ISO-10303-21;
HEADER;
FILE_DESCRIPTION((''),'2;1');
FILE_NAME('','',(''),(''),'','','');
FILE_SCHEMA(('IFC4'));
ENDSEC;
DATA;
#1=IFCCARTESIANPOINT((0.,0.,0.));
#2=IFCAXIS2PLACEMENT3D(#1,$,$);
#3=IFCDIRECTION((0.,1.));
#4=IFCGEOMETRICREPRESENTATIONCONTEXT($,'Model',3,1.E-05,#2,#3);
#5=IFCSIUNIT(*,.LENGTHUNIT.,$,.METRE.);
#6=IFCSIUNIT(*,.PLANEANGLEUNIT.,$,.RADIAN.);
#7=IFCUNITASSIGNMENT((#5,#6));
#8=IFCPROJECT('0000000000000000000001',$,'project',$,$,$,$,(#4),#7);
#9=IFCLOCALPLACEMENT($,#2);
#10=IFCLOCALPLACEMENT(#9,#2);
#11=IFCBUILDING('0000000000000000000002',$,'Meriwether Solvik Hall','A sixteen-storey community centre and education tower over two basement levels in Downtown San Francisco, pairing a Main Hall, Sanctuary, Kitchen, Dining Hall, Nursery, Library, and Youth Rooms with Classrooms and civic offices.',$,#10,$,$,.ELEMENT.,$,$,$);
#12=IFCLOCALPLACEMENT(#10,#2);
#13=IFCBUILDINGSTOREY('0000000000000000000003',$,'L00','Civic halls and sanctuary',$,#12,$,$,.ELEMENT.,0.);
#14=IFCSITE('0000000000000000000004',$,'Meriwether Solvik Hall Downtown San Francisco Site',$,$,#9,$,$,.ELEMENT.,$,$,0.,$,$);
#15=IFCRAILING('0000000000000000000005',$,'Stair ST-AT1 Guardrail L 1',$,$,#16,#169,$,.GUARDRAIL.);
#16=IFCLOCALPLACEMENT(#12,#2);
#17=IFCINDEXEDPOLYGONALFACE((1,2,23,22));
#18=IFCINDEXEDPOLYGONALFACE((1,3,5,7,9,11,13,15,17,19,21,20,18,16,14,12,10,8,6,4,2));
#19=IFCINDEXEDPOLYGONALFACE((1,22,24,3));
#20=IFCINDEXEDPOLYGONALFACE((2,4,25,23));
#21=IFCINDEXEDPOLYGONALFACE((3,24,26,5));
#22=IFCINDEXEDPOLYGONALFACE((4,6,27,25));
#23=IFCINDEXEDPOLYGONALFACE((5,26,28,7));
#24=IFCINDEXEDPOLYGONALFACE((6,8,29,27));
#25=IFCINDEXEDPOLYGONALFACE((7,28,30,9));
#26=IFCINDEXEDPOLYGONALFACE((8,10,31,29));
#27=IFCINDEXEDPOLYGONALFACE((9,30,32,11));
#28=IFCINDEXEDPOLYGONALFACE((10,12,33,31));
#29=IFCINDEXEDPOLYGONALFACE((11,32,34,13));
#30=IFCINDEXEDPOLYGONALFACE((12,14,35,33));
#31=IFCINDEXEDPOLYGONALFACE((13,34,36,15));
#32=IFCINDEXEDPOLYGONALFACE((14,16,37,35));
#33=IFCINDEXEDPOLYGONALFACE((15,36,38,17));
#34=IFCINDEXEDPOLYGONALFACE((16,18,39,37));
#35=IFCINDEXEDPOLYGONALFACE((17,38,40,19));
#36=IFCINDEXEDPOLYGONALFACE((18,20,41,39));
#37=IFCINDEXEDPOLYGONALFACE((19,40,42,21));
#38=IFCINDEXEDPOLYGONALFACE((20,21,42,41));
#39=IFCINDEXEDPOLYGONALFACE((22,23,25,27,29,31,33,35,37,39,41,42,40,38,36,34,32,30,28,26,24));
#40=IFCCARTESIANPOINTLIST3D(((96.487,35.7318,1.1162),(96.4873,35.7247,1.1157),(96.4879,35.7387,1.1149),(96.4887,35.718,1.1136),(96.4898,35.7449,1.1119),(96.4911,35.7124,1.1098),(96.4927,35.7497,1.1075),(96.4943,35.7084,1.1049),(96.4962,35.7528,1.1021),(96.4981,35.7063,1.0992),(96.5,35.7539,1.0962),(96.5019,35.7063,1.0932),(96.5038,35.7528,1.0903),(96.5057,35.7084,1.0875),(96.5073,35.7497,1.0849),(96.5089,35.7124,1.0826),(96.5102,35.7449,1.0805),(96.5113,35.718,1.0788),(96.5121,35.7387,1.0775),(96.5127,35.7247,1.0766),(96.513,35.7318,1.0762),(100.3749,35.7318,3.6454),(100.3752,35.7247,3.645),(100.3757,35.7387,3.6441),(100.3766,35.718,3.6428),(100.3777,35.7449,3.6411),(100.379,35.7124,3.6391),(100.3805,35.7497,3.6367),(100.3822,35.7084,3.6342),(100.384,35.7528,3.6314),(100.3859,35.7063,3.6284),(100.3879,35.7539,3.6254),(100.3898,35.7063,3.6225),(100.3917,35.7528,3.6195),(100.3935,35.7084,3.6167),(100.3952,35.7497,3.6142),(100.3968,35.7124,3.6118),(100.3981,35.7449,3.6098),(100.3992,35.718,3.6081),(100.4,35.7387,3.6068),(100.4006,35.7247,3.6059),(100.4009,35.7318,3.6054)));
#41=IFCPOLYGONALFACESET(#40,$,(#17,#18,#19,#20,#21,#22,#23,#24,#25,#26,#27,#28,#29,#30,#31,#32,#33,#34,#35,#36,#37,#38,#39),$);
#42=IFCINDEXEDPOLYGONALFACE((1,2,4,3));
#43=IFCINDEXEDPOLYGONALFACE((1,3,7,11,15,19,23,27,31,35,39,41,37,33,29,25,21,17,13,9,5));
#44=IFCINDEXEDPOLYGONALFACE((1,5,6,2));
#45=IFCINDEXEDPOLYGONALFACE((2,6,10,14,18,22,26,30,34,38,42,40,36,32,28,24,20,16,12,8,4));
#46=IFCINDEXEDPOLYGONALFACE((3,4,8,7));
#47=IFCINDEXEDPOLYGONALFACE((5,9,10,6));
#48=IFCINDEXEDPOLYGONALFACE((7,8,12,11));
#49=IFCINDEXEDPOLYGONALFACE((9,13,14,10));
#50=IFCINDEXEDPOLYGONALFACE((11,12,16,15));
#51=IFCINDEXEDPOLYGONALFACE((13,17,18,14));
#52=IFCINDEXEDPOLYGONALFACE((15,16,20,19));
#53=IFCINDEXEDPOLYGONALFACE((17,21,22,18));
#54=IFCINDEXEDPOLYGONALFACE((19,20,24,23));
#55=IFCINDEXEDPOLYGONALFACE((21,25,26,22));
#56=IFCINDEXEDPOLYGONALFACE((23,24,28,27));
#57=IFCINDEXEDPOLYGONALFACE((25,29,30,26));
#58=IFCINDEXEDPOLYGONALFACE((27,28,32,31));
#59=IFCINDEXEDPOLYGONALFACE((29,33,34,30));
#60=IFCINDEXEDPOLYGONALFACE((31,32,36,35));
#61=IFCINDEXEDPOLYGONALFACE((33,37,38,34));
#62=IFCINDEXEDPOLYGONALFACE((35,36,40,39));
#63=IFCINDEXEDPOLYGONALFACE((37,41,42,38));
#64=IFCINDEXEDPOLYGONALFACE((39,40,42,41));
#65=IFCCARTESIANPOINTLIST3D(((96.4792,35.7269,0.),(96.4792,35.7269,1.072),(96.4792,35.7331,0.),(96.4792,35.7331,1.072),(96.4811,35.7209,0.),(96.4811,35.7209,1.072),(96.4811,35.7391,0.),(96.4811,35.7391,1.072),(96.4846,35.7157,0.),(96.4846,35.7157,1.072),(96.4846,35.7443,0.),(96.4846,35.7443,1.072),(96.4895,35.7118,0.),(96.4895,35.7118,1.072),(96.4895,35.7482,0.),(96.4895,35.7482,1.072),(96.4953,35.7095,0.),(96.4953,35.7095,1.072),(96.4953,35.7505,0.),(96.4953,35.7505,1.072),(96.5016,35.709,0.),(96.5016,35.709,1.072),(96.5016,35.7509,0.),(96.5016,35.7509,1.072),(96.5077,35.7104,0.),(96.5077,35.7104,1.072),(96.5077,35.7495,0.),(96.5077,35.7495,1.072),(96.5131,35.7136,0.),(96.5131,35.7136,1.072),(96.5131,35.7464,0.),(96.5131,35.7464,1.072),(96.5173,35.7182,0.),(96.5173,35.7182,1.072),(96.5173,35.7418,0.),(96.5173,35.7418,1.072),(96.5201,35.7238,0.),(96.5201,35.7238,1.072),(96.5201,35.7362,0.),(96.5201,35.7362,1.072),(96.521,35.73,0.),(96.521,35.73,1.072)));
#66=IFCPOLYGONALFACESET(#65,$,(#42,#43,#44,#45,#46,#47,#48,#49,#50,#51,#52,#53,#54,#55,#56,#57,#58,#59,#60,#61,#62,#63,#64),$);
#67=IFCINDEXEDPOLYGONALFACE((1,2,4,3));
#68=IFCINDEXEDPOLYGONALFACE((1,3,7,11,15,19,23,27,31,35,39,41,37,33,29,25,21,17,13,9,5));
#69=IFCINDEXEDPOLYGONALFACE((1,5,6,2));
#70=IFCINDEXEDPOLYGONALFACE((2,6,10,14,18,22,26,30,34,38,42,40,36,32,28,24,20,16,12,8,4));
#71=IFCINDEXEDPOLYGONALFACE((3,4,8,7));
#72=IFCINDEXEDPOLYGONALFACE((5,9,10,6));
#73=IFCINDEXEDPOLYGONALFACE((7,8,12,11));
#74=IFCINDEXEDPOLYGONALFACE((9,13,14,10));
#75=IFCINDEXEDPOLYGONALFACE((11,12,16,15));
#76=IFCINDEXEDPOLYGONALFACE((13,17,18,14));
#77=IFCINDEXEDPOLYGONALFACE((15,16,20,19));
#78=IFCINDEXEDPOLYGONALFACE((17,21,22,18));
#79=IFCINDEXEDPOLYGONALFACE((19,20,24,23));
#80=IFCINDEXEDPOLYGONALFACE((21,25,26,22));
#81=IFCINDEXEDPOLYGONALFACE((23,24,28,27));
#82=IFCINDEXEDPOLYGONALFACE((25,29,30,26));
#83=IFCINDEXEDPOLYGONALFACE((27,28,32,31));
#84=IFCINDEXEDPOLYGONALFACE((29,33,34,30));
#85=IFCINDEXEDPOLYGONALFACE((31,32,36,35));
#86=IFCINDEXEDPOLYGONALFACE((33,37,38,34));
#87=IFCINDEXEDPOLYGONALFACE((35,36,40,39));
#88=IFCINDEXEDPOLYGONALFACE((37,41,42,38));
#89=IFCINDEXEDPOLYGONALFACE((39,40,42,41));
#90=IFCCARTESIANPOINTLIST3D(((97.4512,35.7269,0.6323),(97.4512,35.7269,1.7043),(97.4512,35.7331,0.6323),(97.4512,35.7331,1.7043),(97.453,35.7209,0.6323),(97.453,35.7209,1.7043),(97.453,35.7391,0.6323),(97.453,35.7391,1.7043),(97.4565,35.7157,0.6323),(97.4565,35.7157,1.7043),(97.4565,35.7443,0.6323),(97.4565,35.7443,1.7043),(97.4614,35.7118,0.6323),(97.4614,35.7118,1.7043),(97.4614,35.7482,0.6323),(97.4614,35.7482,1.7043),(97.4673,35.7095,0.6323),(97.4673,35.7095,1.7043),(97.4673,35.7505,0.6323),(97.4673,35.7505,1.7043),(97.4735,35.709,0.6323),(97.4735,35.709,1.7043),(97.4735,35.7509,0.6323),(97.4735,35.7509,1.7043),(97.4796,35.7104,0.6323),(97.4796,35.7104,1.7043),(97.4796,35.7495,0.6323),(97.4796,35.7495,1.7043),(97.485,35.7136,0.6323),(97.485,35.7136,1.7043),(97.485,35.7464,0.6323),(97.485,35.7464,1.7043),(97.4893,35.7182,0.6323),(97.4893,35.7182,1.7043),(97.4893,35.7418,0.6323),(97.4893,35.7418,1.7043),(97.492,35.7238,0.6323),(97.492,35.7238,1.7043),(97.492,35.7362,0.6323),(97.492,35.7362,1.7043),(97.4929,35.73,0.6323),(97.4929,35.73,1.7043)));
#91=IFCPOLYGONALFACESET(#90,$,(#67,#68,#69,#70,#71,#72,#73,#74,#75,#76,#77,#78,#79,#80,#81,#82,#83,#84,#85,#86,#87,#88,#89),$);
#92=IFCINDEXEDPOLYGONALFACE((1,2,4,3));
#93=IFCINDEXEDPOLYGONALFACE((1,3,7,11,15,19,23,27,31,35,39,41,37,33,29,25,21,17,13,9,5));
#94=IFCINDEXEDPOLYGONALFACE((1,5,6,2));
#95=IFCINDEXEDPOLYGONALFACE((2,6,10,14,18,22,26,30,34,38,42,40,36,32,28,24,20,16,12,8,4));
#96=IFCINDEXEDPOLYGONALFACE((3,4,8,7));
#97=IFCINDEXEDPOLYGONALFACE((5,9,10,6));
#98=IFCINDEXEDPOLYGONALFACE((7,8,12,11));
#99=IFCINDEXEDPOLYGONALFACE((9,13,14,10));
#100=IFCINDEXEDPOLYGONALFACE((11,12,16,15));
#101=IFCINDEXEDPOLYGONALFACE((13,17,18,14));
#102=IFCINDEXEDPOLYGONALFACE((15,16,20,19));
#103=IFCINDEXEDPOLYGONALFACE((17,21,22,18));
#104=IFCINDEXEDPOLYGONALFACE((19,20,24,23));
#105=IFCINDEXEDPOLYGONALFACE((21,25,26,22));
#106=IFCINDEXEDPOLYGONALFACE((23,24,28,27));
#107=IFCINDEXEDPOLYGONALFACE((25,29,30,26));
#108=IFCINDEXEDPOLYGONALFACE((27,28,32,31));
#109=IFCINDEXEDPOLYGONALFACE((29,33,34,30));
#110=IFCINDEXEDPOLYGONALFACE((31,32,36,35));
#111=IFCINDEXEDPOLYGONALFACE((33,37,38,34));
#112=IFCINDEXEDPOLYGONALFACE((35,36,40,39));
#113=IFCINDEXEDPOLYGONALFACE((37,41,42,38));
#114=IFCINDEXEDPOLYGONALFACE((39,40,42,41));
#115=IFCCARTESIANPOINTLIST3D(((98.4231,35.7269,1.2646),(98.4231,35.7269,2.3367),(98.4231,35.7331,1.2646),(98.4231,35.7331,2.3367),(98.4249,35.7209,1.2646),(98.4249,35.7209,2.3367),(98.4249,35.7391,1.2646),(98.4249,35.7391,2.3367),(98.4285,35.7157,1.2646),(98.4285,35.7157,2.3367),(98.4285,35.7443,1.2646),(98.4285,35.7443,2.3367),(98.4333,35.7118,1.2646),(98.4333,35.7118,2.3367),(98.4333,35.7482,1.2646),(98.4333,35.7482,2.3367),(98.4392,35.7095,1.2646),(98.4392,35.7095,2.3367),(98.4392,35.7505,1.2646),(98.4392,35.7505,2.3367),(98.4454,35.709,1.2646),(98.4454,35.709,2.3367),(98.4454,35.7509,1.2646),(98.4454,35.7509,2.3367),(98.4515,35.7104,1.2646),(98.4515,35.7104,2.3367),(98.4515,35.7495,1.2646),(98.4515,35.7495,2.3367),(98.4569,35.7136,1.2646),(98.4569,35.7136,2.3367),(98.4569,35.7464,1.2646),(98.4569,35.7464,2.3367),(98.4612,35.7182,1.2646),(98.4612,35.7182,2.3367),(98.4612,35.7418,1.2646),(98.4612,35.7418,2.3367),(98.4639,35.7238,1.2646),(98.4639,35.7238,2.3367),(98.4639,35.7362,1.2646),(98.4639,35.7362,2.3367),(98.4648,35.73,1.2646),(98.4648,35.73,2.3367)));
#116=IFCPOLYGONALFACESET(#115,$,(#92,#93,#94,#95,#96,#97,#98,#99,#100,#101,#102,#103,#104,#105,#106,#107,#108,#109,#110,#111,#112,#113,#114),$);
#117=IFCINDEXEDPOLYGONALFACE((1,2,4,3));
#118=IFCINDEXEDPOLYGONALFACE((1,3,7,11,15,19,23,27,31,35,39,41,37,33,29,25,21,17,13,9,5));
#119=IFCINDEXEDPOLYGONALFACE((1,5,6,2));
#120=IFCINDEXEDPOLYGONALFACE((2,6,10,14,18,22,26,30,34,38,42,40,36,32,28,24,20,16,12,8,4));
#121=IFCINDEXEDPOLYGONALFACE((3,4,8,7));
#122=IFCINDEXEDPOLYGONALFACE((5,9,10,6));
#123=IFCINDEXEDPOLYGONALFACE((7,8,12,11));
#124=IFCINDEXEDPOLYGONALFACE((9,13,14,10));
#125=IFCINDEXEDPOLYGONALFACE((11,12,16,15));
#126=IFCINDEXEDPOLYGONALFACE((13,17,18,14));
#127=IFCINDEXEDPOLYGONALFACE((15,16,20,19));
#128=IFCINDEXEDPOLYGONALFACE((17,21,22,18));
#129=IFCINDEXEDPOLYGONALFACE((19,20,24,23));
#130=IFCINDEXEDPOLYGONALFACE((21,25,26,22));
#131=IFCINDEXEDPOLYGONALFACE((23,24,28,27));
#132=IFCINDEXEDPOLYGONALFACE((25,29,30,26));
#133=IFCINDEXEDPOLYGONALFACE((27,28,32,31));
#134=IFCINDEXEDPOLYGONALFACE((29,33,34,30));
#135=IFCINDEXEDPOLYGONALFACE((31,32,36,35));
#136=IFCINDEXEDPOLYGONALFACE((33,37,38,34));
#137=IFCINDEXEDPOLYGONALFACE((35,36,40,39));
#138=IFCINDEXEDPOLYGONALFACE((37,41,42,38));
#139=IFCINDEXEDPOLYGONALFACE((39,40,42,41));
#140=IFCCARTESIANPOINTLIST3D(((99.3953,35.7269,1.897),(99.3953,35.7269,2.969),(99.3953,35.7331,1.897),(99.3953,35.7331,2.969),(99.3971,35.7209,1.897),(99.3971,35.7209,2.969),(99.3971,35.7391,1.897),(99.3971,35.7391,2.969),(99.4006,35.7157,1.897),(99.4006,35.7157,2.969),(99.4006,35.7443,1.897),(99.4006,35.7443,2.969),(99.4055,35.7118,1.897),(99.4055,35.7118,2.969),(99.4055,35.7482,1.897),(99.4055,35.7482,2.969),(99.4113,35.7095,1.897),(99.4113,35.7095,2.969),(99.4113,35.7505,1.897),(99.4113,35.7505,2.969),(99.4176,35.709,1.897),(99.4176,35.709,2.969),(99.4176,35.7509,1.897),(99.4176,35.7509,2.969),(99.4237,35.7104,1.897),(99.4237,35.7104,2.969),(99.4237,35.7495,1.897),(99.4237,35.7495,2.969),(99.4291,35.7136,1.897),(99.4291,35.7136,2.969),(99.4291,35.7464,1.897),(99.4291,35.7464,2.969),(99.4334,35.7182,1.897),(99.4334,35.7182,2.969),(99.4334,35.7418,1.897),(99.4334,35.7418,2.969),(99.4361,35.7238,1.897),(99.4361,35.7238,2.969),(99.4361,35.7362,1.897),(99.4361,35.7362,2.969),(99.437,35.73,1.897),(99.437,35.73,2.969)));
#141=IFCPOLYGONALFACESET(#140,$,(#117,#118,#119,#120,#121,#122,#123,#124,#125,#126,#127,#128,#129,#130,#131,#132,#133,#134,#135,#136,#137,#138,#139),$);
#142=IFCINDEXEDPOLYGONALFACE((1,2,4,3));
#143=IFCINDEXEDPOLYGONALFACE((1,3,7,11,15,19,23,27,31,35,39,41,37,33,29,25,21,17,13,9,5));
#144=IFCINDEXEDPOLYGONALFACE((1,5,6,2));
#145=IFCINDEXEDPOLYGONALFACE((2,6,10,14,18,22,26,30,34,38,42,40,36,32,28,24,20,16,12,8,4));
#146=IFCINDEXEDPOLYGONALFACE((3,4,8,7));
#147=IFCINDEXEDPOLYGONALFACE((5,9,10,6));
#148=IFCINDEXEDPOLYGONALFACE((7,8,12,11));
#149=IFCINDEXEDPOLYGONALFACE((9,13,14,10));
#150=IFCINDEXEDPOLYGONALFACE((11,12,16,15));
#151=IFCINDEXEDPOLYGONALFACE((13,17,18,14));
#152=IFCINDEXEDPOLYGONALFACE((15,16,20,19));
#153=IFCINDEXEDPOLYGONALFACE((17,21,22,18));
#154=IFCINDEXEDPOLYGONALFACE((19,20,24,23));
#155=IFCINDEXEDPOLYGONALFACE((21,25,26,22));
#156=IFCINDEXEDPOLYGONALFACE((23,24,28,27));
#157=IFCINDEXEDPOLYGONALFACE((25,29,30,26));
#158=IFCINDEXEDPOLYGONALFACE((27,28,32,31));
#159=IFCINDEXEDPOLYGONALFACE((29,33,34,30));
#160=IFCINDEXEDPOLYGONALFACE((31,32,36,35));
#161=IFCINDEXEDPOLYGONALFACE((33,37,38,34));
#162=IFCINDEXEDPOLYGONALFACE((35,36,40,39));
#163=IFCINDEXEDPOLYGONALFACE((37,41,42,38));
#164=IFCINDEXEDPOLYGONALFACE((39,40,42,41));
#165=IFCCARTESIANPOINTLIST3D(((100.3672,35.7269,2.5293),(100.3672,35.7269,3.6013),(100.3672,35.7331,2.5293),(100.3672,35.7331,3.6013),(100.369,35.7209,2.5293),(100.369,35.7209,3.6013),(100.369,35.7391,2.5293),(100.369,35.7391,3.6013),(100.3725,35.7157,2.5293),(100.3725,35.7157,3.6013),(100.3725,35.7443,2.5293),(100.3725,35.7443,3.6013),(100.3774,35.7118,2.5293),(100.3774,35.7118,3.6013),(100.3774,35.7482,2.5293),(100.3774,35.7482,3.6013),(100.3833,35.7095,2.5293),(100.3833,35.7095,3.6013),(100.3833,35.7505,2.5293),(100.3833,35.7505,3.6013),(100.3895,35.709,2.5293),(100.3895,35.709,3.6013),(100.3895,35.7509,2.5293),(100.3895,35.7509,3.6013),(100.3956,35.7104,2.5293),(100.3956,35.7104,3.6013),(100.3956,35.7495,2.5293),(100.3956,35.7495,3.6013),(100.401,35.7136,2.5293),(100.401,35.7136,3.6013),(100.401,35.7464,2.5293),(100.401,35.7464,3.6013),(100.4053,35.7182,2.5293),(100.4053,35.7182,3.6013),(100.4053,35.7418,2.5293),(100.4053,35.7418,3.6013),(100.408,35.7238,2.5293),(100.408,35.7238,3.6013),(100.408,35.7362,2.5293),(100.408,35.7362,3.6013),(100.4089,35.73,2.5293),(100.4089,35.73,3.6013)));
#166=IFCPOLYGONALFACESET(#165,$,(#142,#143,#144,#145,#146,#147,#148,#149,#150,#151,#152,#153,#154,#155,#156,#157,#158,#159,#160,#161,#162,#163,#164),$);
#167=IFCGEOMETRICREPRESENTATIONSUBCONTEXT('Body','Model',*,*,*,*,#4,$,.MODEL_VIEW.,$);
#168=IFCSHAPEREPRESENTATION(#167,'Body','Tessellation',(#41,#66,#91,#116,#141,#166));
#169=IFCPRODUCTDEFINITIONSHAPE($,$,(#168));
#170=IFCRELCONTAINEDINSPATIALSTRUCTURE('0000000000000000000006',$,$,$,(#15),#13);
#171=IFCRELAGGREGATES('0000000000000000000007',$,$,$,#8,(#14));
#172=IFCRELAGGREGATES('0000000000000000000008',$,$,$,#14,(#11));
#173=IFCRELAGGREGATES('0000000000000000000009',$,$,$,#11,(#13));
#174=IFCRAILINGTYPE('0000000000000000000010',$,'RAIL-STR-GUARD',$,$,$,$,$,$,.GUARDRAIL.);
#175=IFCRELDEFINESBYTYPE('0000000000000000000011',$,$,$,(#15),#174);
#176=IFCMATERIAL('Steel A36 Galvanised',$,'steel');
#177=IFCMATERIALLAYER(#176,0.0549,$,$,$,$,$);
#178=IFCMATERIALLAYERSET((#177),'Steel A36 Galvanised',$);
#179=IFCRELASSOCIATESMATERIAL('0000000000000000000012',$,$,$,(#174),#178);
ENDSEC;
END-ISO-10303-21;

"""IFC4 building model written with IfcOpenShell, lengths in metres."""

from ifc_helpers import new_model, si_unit, direction, frame, origin, origin_2d, place, context, subcontext, project, spatial, circle, extrude, material, layer, layer_set, type_object, element, save


model = new_model("IFC4")

# Units and contexts
model_context = context("Model", 3, precision=1e-05, world=origin(), true_north=direction((0.0, 1.0)))
body_context = subcontext(model_context, "Body", "Model", "MODEL_VIEW")
ifc_project = project(units=[si_unit("LENGTHUNIT", "METRE"), si_unit("PLANEANGLEUNIT", "RADIAN")], contexts=[model_context])

# Site, building, storey
site_placement = place(None, origin())
site = spatial("IfcSite", under=ifc_project, at=site_placement, Name="Meriwether Solvik Hall Downtown San Francisco Site", CompositionType="ELEMENT", RefElevation=0.0)
building_placement = place(site_placement, origin())
building = spatial("IfcBuilding", under=site, at=building_placement, Name="Meriwether Solvik Hall", Description="A sixteen-storey community centre and education tower over two basement levels in Downtown San Francisco, pairing a Main Hall, Sanctuary, Kitchen, Dining Hall, Nursery, Library, and Youth Rooms with Classrooms and civic offices.", CompositionType="ELEMENT")
storey_placement = place(building_placement, origin())
storey = spatial("IfcBuildingStorey", under=building, at=storey_placement, Name="L00", Description="Civic halls and sanctuary", CompositionType="ELEMENT", Elevation=0.0)

# Railing
ifc_material_1 = material(Name="Steel A36 Galvanised", Category="steel")
ifc_layer_1 = layer(ifc_material_1, 0.0549)
ifc_layer_set_1 = layer_set([ifc_layer_1], Name="Steel A36 Galvanised")
railing_type_1 = type_object("IfcRailingType", Name="RAIL-STR-GUARD", PredefinedType="GUARDRAIL", material=ifc_layer_set_1)
railing_1_placement = place(storey_placement, frame((96.5, 35.73, 0.0)))
element("IfcRailing", 1, at=railing_1_placement, inside=storey, type_object=railing_type_1, Name="Stair ST-AT1 Guardrail L 1", PredefinedType="GUARDRAIL", context=body_context, shape_type="SweptSolid", body=[
    extrude(circle(Radius=0.0239, at=origin_2d()), frame((0.0, 0.0, 1.0962), z_axis=(0.838233, 0.0, 0.545312), x_axis=(0.0, 1.0, 0.0)), (0.0, 0.0, 1.0), 4.6382),
    extrude(circle(Radius=0.021, at=origin_2d()), origin(), (0.0, 0.0, 1.0), 1.072),
    extrude(circle(Radius=0.021, at=origin_2d()), frame((0.9719, 0.0, 0.6323)), (0.0, 0.0, 1.0), 1.072),
    extrude(circle(Radius=0.021, at=origin_2d()), frame((1.9438, 0.0, 1.2646)), (0.0, 0.0, 1.0), 1.072),
    extrude(circle(Radius=0.021, at=origin_2d()), frame((2.916, 0.0, 1.897)), (0.0, 0.0, 1.0), 1.072),
    extrude(circle(Radius=0.021, at=origin_2d()), frame((3.8879, 0.0, 2.5293)), (0.0, 0.0, 1.0), 1.072),
])

save(model, "model.ifc")
